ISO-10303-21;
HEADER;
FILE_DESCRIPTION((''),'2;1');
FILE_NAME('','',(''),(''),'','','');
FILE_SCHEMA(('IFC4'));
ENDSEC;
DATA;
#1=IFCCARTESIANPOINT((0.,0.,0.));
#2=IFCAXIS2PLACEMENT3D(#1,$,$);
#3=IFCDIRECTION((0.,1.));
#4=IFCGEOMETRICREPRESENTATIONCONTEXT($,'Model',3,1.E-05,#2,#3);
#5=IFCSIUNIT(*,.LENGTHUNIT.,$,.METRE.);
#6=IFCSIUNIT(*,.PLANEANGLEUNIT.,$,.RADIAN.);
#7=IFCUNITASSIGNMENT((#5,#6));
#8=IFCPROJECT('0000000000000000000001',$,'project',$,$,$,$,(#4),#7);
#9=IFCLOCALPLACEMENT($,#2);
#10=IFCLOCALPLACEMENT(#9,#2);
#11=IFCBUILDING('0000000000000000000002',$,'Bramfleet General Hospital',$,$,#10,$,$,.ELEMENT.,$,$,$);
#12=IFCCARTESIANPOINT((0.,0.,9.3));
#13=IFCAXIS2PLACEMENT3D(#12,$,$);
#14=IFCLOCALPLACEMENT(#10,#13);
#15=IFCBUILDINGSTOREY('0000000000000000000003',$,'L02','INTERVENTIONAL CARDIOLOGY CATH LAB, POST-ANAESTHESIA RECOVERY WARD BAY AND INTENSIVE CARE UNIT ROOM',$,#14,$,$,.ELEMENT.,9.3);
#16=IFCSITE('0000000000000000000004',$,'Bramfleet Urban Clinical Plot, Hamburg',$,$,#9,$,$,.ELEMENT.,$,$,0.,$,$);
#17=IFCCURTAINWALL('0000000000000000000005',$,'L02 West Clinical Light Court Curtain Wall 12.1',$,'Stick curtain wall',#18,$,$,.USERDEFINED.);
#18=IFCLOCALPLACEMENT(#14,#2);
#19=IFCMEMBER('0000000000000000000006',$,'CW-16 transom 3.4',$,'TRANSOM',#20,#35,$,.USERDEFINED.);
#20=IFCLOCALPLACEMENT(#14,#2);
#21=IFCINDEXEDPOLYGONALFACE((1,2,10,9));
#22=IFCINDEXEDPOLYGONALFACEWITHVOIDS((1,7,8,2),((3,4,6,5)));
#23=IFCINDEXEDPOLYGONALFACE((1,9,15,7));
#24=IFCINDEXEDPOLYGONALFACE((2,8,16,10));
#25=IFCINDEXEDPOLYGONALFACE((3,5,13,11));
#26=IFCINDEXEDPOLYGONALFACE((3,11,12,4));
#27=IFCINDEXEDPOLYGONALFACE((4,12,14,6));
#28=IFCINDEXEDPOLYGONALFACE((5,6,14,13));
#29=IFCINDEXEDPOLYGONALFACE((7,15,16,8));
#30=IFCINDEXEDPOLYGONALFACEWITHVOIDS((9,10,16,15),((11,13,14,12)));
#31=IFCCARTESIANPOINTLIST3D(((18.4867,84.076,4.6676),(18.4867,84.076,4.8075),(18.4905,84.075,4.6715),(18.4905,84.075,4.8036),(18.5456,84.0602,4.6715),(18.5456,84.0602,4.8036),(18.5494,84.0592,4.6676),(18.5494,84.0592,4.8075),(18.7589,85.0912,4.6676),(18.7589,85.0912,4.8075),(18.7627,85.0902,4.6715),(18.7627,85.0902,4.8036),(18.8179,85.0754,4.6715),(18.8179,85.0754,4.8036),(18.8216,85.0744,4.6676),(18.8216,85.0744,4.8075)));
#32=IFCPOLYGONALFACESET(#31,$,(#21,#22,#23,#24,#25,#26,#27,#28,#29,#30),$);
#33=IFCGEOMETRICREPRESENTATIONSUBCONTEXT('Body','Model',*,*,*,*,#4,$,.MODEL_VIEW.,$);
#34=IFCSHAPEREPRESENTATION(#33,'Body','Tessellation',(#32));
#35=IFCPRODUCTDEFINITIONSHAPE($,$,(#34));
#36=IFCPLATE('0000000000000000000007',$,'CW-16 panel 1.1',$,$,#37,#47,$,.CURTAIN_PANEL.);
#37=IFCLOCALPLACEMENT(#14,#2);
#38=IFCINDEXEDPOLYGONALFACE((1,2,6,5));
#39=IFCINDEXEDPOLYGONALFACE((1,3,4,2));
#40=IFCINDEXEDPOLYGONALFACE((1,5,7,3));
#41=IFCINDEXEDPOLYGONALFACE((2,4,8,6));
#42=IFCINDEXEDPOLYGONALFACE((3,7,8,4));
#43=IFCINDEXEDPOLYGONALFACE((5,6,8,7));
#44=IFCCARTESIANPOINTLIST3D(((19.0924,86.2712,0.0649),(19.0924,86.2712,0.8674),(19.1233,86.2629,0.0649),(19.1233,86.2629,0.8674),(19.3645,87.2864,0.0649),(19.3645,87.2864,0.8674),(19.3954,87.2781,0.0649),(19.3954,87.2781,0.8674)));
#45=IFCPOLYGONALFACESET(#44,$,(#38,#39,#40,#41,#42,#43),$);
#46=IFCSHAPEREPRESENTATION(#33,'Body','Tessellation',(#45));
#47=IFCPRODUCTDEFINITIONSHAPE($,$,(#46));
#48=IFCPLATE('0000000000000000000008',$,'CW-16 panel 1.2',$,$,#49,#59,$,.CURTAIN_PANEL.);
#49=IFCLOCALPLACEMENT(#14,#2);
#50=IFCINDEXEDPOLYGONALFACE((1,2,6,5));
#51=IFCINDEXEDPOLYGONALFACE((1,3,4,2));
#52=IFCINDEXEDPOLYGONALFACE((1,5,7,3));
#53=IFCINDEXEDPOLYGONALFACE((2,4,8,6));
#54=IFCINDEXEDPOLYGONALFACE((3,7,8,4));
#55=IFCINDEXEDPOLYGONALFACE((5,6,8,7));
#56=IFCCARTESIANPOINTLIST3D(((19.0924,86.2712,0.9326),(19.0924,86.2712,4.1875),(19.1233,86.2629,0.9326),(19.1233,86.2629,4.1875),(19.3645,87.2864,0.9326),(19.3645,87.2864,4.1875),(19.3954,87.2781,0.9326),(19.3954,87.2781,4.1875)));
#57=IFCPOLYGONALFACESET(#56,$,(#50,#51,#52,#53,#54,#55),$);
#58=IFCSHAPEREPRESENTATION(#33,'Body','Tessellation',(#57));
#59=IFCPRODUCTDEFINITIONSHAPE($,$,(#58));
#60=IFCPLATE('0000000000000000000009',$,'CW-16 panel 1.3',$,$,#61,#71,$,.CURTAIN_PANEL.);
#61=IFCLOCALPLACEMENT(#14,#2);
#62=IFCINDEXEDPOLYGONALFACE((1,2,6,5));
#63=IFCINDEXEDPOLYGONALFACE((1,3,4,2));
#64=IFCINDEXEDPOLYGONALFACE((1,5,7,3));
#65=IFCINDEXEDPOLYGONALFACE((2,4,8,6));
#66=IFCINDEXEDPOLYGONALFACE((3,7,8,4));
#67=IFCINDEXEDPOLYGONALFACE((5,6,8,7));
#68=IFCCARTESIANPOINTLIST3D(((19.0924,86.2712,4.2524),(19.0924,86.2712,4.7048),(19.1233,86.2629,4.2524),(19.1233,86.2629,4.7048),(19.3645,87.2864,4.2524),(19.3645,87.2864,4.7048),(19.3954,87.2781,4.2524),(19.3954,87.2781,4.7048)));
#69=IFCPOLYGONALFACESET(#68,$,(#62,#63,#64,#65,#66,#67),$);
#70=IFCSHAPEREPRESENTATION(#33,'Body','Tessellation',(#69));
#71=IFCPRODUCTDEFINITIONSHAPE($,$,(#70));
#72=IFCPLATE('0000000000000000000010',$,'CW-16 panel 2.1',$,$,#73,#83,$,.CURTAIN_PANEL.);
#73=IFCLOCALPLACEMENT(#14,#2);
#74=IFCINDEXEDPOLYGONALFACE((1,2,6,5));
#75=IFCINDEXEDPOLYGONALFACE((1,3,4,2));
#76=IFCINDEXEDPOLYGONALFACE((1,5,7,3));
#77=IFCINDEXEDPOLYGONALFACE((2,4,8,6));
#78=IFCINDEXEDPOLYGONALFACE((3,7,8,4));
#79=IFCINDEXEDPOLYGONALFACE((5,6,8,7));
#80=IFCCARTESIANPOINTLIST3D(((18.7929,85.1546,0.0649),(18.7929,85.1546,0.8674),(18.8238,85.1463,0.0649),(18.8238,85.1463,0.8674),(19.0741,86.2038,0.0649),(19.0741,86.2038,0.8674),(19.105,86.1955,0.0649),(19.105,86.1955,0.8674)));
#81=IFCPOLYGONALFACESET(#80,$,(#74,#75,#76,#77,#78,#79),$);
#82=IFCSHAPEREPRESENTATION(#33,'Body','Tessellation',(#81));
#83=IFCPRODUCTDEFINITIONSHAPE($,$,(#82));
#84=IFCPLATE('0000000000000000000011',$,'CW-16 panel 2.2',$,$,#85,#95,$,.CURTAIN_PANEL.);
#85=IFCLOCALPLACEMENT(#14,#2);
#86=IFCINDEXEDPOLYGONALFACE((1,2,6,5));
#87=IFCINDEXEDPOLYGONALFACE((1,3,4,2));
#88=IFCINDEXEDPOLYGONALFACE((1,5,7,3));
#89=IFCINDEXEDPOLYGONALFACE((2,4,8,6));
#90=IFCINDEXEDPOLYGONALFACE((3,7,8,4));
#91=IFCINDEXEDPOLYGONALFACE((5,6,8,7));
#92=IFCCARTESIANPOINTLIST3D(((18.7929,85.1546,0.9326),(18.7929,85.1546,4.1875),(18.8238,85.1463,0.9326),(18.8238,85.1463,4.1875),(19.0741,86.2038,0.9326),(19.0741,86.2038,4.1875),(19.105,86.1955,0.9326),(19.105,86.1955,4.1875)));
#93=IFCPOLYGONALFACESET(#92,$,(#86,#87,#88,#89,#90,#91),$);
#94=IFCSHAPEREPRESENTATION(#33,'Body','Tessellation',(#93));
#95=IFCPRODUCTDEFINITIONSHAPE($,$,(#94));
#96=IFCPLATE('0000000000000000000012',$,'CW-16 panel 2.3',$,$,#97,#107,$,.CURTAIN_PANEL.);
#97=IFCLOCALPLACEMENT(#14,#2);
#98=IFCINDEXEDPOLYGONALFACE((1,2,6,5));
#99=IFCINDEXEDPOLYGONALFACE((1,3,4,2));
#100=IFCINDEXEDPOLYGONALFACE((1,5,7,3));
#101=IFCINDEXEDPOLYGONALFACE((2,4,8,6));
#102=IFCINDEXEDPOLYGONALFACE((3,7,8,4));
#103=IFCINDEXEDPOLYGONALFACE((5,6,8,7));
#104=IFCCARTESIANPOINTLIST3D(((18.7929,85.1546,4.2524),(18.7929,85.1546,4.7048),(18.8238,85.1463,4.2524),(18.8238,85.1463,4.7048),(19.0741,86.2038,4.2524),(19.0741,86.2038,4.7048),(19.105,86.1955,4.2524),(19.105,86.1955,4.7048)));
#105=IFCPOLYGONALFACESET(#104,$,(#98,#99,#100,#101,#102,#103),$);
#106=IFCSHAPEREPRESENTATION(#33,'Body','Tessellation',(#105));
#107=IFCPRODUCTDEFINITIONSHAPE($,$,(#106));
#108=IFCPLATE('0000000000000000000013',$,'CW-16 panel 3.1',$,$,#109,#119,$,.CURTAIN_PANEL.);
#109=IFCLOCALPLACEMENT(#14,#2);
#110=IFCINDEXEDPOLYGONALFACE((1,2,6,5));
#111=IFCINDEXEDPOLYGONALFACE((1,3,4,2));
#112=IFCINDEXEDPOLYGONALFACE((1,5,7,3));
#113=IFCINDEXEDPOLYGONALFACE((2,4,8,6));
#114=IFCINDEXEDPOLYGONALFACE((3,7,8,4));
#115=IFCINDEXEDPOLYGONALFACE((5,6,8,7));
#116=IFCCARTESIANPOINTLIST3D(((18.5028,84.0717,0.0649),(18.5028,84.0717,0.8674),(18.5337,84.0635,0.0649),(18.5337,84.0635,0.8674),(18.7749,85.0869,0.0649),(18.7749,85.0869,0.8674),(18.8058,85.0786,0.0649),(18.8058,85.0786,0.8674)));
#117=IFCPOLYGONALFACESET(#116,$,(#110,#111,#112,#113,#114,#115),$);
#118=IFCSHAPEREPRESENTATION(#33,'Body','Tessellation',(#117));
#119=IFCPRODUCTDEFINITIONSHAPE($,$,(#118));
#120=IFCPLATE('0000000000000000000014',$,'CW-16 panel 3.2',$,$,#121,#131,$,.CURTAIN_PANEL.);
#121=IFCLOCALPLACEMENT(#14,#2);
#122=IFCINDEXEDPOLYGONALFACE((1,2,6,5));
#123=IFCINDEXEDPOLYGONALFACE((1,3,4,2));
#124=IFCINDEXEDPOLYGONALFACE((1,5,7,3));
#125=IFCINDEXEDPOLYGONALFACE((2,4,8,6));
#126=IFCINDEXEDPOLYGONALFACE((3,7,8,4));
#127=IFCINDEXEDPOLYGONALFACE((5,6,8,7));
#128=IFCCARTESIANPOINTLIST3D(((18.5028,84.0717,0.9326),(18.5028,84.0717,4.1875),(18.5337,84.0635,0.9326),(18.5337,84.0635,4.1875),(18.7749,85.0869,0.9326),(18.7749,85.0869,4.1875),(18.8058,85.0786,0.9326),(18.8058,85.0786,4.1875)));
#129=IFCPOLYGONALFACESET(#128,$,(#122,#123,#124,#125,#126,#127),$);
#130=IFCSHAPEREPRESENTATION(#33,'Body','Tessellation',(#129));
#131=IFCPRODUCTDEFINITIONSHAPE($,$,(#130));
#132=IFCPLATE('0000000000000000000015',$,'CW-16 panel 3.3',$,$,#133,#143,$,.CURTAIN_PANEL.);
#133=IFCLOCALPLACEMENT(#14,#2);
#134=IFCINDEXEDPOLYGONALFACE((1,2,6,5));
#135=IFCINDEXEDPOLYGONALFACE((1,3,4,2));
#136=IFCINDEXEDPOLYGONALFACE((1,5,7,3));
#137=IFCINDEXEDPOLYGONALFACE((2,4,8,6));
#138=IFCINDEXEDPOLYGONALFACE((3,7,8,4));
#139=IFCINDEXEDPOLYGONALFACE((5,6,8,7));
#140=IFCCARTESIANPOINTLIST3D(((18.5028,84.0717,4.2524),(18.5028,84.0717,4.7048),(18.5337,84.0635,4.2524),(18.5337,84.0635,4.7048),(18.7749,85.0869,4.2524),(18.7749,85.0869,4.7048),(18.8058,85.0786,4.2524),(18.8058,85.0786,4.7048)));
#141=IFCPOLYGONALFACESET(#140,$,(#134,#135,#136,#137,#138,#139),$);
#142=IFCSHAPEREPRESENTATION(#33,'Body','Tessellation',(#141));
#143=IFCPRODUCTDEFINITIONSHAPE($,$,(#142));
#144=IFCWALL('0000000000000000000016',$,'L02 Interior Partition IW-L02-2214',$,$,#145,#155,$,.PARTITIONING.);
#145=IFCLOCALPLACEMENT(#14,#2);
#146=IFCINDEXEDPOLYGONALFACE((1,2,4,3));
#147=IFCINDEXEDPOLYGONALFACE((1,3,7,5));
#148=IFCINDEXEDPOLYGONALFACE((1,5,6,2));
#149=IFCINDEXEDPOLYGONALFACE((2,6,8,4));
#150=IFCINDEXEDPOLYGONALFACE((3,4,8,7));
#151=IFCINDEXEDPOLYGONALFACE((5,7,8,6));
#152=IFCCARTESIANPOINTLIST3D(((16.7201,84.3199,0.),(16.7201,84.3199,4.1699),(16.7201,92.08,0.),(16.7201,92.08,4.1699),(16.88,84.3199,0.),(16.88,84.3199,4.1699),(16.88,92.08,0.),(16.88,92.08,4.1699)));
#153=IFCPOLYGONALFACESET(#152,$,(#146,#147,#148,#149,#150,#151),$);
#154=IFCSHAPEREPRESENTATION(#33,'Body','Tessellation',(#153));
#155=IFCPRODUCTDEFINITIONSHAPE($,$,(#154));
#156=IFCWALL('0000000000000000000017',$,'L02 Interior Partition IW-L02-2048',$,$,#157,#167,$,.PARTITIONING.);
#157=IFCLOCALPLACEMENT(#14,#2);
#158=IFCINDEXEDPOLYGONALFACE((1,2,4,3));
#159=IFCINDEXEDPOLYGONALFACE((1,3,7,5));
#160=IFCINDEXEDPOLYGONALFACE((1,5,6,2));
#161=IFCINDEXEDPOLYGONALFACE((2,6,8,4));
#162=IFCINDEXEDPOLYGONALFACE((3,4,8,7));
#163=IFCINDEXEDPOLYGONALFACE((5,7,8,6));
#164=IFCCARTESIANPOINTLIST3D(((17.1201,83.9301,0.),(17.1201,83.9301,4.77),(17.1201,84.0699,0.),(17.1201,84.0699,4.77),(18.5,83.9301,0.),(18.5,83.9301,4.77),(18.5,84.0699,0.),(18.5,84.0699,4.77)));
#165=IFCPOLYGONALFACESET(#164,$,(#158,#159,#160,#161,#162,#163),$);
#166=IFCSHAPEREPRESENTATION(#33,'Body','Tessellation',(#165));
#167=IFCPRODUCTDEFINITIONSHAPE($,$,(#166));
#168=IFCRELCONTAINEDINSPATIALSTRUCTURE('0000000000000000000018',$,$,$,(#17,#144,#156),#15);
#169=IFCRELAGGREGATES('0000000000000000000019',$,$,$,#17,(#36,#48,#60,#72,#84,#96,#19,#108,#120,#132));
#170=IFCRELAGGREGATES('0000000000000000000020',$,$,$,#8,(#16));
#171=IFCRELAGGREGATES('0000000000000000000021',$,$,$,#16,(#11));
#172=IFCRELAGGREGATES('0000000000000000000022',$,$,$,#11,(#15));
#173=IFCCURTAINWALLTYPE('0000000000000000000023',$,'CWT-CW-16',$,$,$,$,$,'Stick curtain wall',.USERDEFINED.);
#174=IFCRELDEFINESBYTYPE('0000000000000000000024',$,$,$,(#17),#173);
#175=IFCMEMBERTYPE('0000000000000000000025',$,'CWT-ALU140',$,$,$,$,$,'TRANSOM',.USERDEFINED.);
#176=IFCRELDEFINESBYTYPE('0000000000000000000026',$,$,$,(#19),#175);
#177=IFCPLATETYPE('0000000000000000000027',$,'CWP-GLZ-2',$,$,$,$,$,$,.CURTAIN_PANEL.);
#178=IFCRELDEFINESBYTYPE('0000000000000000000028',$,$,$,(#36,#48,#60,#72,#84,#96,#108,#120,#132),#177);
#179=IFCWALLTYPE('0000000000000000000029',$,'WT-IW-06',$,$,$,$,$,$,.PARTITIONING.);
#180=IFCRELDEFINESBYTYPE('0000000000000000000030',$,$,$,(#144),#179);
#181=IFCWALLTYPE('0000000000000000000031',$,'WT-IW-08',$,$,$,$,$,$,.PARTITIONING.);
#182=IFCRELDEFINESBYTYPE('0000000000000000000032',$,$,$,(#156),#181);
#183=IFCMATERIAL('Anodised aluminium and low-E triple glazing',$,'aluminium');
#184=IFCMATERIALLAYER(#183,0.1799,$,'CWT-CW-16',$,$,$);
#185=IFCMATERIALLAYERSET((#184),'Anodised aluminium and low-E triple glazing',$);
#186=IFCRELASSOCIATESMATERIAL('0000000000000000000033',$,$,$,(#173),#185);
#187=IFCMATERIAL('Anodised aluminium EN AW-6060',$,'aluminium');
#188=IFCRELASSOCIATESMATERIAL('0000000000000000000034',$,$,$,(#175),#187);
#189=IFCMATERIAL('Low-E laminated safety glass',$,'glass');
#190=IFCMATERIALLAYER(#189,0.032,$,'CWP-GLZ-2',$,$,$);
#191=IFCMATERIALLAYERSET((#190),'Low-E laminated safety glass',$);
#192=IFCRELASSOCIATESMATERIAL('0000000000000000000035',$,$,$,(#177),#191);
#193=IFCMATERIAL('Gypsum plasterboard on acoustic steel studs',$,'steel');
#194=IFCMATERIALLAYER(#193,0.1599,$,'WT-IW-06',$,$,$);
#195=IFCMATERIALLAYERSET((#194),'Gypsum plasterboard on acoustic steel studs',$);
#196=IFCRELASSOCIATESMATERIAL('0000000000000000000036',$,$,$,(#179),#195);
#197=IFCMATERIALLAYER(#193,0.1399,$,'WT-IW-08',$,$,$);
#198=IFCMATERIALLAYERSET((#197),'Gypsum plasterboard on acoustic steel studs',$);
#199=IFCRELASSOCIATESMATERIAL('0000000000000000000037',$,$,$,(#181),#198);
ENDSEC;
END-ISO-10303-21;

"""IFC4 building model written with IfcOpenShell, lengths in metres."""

from ifc_helpers import new_model, si_unit, direction, frame, frame_2d, origin, origin_2d, place, context, subcontext, project, spatial, rectangle, hollow_rectangle, extrude, material, layer, layer_set, material_profile, profile_set, type_object, element, aggregate, save


model = new_model("IFC4")

# Units and contexts
model_context = context("Model", 3, precision=1e-05, world=origin(), true_north=direction((0.0, 1.0)))
body_context = subcontext(model_context, "Body", "Model", "MODEL_VIEW")
ifc_project = project(units=[si_unit("LENGTHUNIT", "METRE"), si_unit("PLANEANGLEUNIT", "RADIAN")], contexts=[model_context])

# Site, building, storey
site_placement = place(None, origin())
site = spatial("IfcSite", under=ifc_project, at=site_placement, Name="Bramfleet Urban Clinical Plot, Hamburg", CompositionType="ELEMENT", RefElevation=0.0)
building_placement = place(site_placement, origin())
building = spatial("IfcBuilding", under=site, at=building_placement, Name="Bramfleet General Hospital", CompositionType="ELEMENT")
storey_placement = place(building_placement, frame((0.0, 0.0, 9.3)))
storey = spatial("IfcBuildingStorey", under=building, at=storey_placement, Name="L02", Description="INTERVENTIONAL CARDIOLOGY CATH LAB, POST-ANAESTHESIA RECOVERY WARD BAY AND INTENSIVE CARE UNIT ROOM", CompositionType="ELEMENT", Elevation=9.3)

# Shared definitions
ifc_material_1 = material(Name="Anodised aluminium and low-E triple glazing", Category="aluminium")
ifc_material_2 = material(Name="Anodised aluminium EN AW-6060", Category="aluminium")

# Curtain wall
ifc_layer_1 = layer(ifc_material_1, 0.1799, Name="CWT-CW-16")
ifc_layer_set_1 = layer_set([ifc_layer_1], Name="Anodised aluminium and low-E triple glazing")
curtain_wall_type_1 = type_object("IfcCurtainWallType", Name="CWT-CW-16", ElementType="Stick curtain wall", PredefinedType="USERDEFINED", material=ifc_layer_set_1)
curtain_wall_1_placement = place(storey_placement, origin())
curtain_wall_1 = element("IfcCurtainWall", 1, at=curtain_wall_1_placement, inside=storey, type_object=curtain_wall_type_1, Name="L02 West Clinical Light Court Curtain Wall 12.1", ObjectType="Stick curtain wall", PredefinedType="USERDEFINED")

# Member
ifc_material_profile_1 = material_profile(ifc_material_2, hollow_rectangle(XDim=0.0649, YDim=0.1399, WallThickness=0.0039, at=origin_2d()), Name="ALU 140x65x4.0")
ifc_profile_set_1 = profile_set([ifc_material_profile_1], Name="Anodised aluminium EN AW-6060")
member_type_1 = type_object("IfcMemberType", Name="CWT-ALU140", ElementType="TRANSOM", PredefinedType="USERDEFINED", material=ifc_profile_set_1)
member_1_placement = place(storey_placement, frame((18.7903, 85.0828, 4.7375), z_axis=(-0.259007, -0.965875, 0.0), x_axis=(0.965875, -0.259007, 0.0)))
member_1 = element("IfcMember", 2, at=member_1_placement, type_object=member_type_1, Name="CW-16 transom 3.4", ObjectType="TRANSOM", PredefinedType="USERDEFINED", context=body_context, shape_type="SweptSolid", body=[
    extrude(hollow_rectangle(XDim=0.0649, YDim=0.1399, WallThickness=0.0039, at=origin_2d()), origin(), (0.0, 0.0, 1.0), 1.051),
])

# Plates
ifc_material_3 = material(Name="Low-E laminated safety glass", Category="glass")
ifc_layer_2 = layer(ifc_material_3, 0.032, Name="CWP-GLZ-2")
ifc_layer_set_2 = layer_set([ifc_layer_2], Name="Low-E laminated safety glass")
plate_type = type_object("IfcPlateType", Name="CWP-GLZ-2", PredefinedType="CURTAIN_PANEL", material=ifc_layer_set_2)
plate_1_placement = place(storey_placement, frame((19.2439, 86.7747, 0.0649), z_axis=(0.0, 0.0, 1.0), x_axis=(-0.258919, -0.965899, 0.0)))
plate_1 = element("IfcPlate", 3, at=plate_1_placement, type_object=plate_type, Name="CW-16 panel 1.1", PredefinedType="CURTAIN_PANEL", context=body_context, shape_type="SweptSolid", body=[
    extrude(rectangle(XDim=1.051, YDim=0.032, at=origin_2d()), origin(), (0.0, 0.0, 1.0), 0.8025),
])
plate_2_placement = place(storey_placement, frame((19.2439, 86.7747, 0.9326), z_axis=(0.0, 0.0, 1.0), x_axis=(-0.258919, -0.965899, 0.0)))
plate_2 = element("IfcPlate", 4, at=plate_2_placement, type_object=plate_type, Name="CW-16 panel 1.2", PredefinedType="CURTAIN_PANEL", context=body_context, shape_type="SweptSolid", body=[
    extrude(rectangle(XDim=1.051, YDim=0.032, at=origin_2d()), origin(), (0.0, 0.0, 1.0), 3.2549),
])
plate_3_placement = place(storey_placement, frame((19.2439, 86.7747, 4.2524), z_axis=(0.0, 0.0, 1.0), x_axis=(-0.258919, -0.965899, 0.0)))
plate_3 = element("IfcPlate", 5, at=plate_3_placement, type_object=plate_type, Name="CW-16 panel 1.3", PredefinedType="CURTAIN_PANEL", context=body_context, shape_type="SweptSolid", body=[
    extrude(rectangle(XDim=1.051, YDim=0.032, at=origin_2d()), origin(), (0.0, 0.0, 1.0), 0.4524),
])
plate_4_placement = place(storey_placement, frame((18.949, 85.675, 0.0649), z_axis=(0.0, 0.0, 1.0), x_axis=(-0.258919, -0.965899, 0.0)))
plate_4 = element("IfcPlate", 6, at=plate_4_placement, type_object=plate_type, Name="CW-16 panel 2.1", PredefinedType="CURTAIN_PANEL", context=body_context, shape_type="SweptSolid", body=[
    extrude(rectangle(XDim=1.0862, YDim=0.032, at=origin_2d()), origin(), (0.0, 0.0, 1.0), 0.8025),
])
plate_5_placement = place(storey_placement, frame((18.949, 85.675, 0.9326), z_axis=(0.0, 0.0, 1.0), x_axis=(-0.258919, -0.965899, 0.0)))
plate_5 = element("IfcPlate", 7, at=plate_5_placement, type_object=plate_type, Name="CW-16 panel 2.2", PredefinedType="CURTAIN_PANEL", context=body_context, shape_type="SweptSolid", body=[
    extrude(rectangle(XDim=1.0862, YDim=0.032, at=origin_2d()), origin(), (0.0, 0.0, 1.0), 3.2549),
])
plate_6_placement = place(storey_placement, frame((18.949, 85.675, 4.2524), z_axis=(0.0, 0.0, 1.0), x_axis=(-0.258919, -0.965899, 0.0)))
plate_6 = element("IfcPlate", 8, at=plate_6_placement, type_object=plate_type, Name="CW-16 panel 2.3", PredefinedType="CURTAIN_PANEL", context=body_context, shape_type="SweptSolid", body=[
    extrude(rectangle(XDim=1.0862, YDim=0.032, at=origin_2d()), origin(), (0.0, 0.0, 1.0), 0.4524),
])
plate_7_placement = place(storey_placement, frame((18.6543, 84.5752, 0.0649), z_axis=(0.0, 0.0, 1.0), x_axis=(-0.258919, -0.965899, 0.0)))
plate_7 = element("IfcPlate", 9, at=plate_7_placement, type_object=plate_type, Name="CW-16 panel 3.1", PredefinedType="CURTAIN_PANEL", context=body_context, shape_type="SweptSolid", body=[
    extrude(rectangle(XDim=1.051, YDim=0.032, at=origin_2d()), origin(), (0.0, 0.0, 1.0), 0.8025),
])
plate_8_placement = place(storey_placement, frame((18.6543, 84.5752, 0.9326), z_axis=(0.0, 0.0, 1.0), x_axis=(-0.258919, -0.965899, 0.0)))
plate_8 = element("IfcPlate", 10, at=plate_8_placement, type_object=plate_type, Name="CW-16 panel 3.2", PredefinedType="CURTAIN_PANEL", context=body_context, shape_type="SweptSolid", body=[
    extrude(rectangle(XDim=1.051, YDim=0.032, at=origin_2d()), origin(), (0.0, 0.0, 1.0), 3.2549),
])
plate_9_placement = place(storey_placement, frame((18.6543, 84.5752, 4.2524), z_axis=(0.0, 0.0, 1.0), x_axis=(-0.258919, -0.965899, 0.0)))
plate_9 = element("IfcPlate", 11, at=plate_9_placement, type_object=plate_type, Name="CW-16 panel 3.3", PredefinedType="CURTAIN_PANEL", context=body_context, shape_type="SweptSolid", body=[
    extrude(rectangle(XDim=1.051, YDim=0.032, at=origin_2d()), origin(), (0.0, 0.0, 1.0), 0.4524),
])
aggregate(curtain_wall_1, [plate_1, plate_2, plate_3, plate_4, plate_5, plate_6, member_1, plate_7, plate_8, plate_9])

# Walls
ifc_material_4 = material(Name="Gypsum plasterboard on acoustic steel studs", Category="steel")
ifc_layer_3 = layer(ifc_material_4, 0.1599, Name="WT-IW-06")
ifc_layer_set_3 = layer_set([ifc_layer_3], Name="Gypsum plasterboard on acoustic steel studs")
wall_type_1 = type_object("IfcWallType", Name="WT-IW-06", PredefinedType="PARTITIONING", material=ifc_layer_set_3)
wall_1_placement = place(storey_placement, frame((16.8, 84.3201, 0.0), z_axis=(0.0, 0.0, 1.0), x_axis=(0.0, 1.0, 0.0)))
element("IfcWall", 12, at=wall_1_placement, inside=storey, type_object=wall_type_1, Name="L02 Interior Partition IW-L02-2214", PredefinedType="PARTITIONING", context=body_context, shape_type="SweptSolid", body=[
    extrude(rectangle(XDim=7.76, YDim=0.1599, at=frame_2d((3.8799, 0.0))), origin(), (0.0, 0.0, 1.0), 4.1699),
])
ifc_layer_4 = layer(ifc_material_4, 0.1399, Name="WT-IW-08")
ifc_layer_set_4 = layer_set([ifc_layer_4], Name="Gypsum plasterboard on acoustic steel studs")
wall_type_2 = type_object("IfcWallType", Name="WT-IW-08", PredefinedType="PARTITIONING", material=ifc_layer_set_4)
wall_2_placement = place(storey_placement, frame((17.1201, 84.0, 0.0), z_axis=(0.0, 0.0, 1.0), x_axis=(1.0, 0.0, 0.0)))
element("IfcWall", 13, at=wall_2_placement, inside=storey, type_object=wall_type_2, Name="L02 Interior Partition IW-L02-2048", PredefinedType="PARTITIONING", context=body_context, shape_type="SweptSolid", body=[
    extrude(rectangle(XDim=1.3799, YDim=0.1399, at=frame_2d((0.6899, 0.0))), origin(), (0.0, 0.0, 1.0), 4.77),
])

save(model, "model.ifc")
